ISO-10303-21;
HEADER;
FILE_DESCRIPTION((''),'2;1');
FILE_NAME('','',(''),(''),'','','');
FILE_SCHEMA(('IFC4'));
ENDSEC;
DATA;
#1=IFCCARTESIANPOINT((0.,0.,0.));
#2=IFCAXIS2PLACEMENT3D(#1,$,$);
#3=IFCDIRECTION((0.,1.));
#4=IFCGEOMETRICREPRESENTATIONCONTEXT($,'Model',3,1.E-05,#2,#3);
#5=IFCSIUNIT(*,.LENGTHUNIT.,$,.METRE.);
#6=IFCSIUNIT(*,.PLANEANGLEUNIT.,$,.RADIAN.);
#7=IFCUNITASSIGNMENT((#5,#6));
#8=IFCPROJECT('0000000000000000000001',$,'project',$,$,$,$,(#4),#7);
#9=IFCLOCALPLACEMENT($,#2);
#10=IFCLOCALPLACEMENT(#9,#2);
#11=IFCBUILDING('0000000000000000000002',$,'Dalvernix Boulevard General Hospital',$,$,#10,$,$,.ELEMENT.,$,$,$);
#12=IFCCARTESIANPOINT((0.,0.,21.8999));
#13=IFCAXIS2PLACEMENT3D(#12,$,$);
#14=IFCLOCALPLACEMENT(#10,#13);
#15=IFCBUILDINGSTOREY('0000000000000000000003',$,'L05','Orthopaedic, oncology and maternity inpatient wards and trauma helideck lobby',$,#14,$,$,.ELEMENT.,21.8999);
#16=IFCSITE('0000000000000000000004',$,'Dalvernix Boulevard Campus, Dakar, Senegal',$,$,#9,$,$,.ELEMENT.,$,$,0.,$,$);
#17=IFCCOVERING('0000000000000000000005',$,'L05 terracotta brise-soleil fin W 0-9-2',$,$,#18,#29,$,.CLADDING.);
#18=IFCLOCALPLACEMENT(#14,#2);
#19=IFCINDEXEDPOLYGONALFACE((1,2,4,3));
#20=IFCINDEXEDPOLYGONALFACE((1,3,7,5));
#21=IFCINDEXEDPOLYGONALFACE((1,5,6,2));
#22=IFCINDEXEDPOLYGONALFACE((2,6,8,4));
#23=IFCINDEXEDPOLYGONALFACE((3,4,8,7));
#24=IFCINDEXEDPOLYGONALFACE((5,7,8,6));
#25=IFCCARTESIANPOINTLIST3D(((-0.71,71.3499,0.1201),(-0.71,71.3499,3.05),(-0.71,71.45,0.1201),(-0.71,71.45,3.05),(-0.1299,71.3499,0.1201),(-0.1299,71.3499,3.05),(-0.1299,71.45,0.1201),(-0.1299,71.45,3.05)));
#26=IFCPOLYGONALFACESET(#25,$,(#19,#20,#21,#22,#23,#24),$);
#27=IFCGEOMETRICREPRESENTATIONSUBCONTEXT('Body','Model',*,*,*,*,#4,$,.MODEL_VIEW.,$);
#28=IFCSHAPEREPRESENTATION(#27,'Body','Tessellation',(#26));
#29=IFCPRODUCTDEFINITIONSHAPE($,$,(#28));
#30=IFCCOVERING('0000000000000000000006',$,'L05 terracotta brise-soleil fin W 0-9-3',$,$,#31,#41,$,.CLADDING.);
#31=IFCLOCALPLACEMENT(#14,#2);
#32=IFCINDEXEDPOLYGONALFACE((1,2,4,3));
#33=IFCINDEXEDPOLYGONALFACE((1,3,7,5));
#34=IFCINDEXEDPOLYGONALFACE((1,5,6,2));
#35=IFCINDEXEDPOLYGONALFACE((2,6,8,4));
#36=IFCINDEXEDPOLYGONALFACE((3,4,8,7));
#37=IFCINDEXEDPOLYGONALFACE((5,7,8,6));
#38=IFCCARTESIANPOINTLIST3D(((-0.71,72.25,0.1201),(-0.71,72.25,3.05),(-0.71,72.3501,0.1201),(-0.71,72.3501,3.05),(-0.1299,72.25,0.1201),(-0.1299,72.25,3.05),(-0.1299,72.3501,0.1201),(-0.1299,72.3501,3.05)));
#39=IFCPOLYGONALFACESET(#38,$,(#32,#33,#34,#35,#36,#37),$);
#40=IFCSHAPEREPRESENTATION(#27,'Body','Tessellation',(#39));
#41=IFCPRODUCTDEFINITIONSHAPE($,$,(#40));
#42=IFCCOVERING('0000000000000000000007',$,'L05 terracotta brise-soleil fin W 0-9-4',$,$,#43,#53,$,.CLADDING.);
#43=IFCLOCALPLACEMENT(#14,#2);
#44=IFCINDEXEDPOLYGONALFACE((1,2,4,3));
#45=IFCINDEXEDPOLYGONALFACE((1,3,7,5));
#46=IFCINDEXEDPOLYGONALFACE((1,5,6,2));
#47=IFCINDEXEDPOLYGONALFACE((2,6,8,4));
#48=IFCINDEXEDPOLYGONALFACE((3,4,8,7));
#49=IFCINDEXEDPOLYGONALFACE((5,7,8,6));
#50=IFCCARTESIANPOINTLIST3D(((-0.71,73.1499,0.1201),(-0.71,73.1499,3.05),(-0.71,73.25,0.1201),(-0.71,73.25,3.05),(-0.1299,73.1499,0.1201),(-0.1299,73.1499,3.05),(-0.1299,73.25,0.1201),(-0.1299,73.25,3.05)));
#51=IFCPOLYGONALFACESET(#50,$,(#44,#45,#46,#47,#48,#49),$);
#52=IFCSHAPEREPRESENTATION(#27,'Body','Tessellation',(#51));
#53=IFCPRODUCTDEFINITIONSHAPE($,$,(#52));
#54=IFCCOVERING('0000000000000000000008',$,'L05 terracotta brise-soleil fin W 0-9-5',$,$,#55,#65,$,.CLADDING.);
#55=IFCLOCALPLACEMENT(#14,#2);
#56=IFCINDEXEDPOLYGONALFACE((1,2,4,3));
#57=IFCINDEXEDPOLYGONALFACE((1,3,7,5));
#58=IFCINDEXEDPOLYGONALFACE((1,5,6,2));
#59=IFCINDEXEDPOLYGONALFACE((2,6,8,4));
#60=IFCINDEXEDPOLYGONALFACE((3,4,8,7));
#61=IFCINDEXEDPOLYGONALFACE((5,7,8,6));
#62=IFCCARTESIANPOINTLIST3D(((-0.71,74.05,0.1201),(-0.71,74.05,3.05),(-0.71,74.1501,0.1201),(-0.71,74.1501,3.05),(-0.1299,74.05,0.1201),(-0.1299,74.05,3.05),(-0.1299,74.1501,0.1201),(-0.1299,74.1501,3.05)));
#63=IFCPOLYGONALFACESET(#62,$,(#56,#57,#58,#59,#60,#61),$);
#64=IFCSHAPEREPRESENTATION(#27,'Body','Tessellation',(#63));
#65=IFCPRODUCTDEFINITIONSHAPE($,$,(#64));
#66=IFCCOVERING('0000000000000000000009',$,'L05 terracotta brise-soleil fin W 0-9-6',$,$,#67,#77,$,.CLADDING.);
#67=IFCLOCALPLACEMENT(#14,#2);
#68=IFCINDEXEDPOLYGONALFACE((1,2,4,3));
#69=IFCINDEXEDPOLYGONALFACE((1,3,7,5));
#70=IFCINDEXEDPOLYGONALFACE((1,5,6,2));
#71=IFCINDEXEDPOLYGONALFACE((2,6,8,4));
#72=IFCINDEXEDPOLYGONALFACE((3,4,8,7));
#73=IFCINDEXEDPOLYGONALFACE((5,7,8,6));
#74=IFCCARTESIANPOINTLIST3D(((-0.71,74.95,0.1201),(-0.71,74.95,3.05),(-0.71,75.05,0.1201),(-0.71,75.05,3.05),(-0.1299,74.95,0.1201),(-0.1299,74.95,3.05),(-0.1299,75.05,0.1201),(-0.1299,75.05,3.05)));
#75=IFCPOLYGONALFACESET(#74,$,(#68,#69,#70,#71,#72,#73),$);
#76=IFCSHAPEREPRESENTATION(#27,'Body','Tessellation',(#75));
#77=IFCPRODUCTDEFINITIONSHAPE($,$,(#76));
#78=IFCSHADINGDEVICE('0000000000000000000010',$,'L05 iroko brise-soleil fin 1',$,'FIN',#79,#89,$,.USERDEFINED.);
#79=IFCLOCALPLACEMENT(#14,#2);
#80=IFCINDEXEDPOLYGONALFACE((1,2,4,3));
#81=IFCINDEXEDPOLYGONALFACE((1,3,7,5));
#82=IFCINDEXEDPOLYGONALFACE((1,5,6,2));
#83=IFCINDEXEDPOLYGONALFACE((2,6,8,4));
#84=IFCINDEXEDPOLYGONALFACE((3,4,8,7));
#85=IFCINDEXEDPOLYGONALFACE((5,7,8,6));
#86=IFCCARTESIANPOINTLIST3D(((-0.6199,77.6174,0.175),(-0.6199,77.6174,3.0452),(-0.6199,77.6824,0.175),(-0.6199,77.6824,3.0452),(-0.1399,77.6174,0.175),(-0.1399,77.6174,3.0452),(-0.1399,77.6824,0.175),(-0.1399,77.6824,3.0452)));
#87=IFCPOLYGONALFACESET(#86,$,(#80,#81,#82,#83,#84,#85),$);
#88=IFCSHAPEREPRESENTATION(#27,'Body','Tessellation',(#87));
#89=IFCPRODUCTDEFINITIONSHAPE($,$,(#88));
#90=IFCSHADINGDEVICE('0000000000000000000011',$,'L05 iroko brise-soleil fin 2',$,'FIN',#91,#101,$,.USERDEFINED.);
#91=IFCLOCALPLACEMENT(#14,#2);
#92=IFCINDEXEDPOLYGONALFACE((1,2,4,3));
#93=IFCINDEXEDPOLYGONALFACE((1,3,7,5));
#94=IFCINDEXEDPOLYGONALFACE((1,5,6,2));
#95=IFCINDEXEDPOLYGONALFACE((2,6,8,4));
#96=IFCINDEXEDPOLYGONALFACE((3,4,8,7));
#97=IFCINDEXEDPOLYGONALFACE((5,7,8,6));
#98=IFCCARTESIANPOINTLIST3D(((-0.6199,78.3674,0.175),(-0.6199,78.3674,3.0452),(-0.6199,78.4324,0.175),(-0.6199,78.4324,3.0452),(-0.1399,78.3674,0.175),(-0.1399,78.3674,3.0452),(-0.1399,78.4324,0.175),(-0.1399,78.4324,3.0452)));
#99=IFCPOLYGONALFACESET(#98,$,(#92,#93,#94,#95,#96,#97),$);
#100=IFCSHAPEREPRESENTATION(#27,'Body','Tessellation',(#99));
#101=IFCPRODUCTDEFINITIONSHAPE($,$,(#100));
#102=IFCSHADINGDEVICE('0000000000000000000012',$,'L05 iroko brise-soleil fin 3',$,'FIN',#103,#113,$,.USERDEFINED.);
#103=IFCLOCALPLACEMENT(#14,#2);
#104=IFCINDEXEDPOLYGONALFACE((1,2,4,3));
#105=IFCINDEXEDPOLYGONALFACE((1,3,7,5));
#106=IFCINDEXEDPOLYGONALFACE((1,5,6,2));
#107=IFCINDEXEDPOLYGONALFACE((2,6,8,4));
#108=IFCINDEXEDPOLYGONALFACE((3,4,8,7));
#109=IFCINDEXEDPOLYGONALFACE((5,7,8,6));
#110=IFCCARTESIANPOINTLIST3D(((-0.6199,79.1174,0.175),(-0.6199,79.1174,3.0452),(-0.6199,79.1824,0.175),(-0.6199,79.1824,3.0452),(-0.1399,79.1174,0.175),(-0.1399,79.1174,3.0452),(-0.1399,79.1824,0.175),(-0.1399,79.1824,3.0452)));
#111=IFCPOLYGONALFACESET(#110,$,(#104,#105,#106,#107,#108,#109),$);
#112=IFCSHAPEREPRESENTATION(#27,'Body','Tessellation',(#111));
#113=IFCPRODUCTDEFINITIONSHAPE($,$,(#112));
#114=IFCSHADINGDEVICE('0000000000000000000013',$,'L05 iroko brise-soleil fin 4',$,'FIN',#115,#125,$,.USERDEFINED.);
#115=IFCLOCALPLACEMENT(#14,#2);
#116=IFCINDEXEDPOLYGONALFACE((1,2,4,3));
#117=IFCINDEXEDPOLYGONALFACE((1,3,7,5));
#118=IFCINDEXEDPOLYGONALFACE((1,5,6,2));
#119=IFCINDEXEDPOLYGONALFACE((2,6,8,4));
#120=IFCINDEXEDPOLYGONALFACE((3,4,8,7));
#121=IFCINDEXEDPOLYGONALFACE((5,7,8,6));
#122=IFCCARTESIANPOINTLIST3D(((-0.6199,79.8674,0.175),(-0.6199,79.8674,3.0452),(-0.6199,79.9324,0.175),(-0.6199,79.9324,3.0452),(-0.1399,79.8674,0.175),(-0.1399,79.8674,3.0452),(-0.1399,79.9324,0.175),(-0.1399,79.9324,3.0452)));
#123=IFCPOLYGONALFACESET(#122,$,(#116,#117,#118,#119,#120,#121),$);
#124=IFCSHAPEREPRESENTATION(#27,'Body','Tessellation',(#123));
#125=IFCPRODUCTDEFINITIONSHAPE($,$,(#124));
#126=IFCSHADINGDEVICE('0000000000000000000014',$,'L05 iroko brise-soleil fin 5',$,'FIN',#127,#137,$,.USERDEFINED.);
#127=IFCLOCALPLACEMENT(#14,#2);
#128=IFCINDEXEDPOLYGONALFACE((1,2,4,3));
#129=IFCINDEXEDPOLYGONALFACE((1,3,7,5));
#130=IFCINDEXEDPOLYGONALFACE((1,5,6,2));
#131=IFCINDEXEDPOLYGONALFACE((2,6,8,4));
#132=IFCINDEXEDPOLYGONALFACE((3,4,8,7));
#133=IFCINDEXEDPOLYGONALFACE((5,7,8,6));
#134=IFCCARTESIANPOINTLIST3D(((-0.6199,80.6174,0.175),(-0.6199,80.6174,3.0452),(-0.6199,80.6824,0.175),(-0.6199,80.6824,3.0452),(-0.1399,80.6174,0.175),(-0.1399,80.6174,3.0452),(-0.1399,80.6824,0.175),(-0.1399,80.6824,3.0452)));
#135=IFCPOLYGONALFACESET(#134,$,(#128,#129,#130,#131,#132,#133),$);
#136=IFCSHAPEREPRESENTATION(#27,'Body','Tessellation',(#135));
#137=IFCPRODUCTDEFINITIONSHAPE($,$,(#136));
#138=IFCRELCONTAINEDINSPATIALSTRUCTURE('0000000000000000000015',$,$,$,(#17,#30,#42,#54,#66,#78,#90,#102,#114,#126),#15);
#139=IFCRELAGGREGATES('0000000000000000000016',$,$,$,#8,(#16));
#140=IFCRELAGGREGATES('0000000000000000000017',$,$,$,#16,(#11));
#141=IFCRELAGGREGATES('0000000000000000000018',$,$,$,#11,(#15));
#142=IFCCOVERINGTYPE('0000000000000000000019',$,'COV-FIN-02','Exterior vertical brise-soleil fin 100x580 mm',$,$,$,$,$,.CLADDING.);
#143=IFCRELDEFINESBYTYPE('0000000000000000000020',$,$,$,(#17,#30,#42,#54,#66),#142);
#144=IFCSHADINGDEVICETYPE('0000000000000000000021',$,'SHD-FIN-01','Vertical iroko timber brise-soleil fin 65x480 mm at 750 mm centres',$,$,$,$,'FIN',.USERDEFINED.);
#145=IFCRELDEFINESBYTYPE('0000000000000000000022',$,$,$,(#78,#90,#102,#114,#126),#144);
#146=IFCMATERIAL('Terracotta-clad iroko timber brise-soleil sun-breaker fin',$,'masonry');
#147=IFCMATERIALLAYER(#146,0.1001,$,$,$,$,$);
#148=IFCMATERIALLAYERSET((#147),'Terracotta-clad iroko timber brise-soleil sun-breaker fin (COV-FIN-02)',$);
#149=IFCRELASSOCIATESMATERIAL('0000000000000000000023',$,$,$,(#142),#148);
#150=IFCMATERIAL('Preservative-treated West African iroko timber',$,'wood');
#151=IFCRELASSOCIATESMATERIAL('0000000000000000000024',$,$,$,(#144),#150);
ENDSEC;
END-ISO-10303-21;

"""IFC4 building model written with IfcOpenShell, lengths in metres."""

from ifc_helpers import new_model, si_unit, direction, frame, origin, origin_2d, place, context, subcontext, project, spatial, rectangle, extrude, material, layer, layer_set, type_object, element, save


model = new_model("IFC4")

# Units and contexts
model_context = context("Model", 3, precision=1e-05, world=origin(), true_north=direction((0.0, 1.0)))
body_context = subcontext(model_context, "Body", "Model", "MODEL_VIEW")
ifc_project = project(units=[si_unit("LENGTHUNIT", "METRE"), si_unit("PLANEANGLEUNIT", "RADIAN")], contexts=[model_context])

# Site, building, storey
site_placement = place(None, origin())
site = spatial("IfcSite", under=ifc_project, at=site_placement, Name="Dalvernix Boulevard Campus, Dakar, Senegal", CompositionType="ELEMENT", RefElevation=0.0)
building_placement = place(site_placement, origin())
building = spatial("IfcBuilding", under=site, at=building_placement, Name="Dalvernix Boulevard General Hospital", CompositionType="ELEMENT")
storey_placement = place(building_placement, frame((0.0, 0.0, 21.8999)))
storey = spatial("IfcBuildingStorey", under=building, at=storey_placement, Name="L05", Description="Orthopaedic, oncology and maternity inpatient wards and trauma helideck lobby", CompositionType="ELEMENT", Elevation=21.8999)

# Coverings
ifc_material_1 = material(Name="Terracotta-clad iroko timber brise-soleil sun-breaker fin", Category="masonry")
ifc_layer_1 = layer(ifc_material_1, 0.1001)
ifc_layer_set_1 = layer_set([ifc_layer_1], Name="Terracotta-clad iroko timber brise-soleil sun-breaker fin (COV-FIN-02)")
covering_type_1 = type_object("IfcCoveringType", Name="COV-FIN-02", Description="Exterior vertical brise-soleil fin 100x580 mm", PredefinedType="CLADDING", material=ifc_layer_set_1)
for number, where, z_axis, x_axis, name in (
    (1, (-0.4199, 71.3999, 0.1201), (0.0, 0.0, 1.0), (0.0, 1.0, 0.0), "L05 terracotta brise-soleil fin W 0-9-2"),
    (2, (-0.4199, 72.3, 0.1201), (0.0, 0.0, 1.0), (0.0, 1.0, 0.0), "L05 terracotta brise-soleil fin W 0-9-3"),
    (3, (-0.4199, 73.2, 0.1201), (0.0, 0.0, 1.0), (0.0, 1.0, 0.0), "L05 terracotta brise-soleil fin W 0-9-4"),
    (4, (-0.4199, 74.1001, 0.1201), (0.0, 0.0, 1.0), (0.0, 1.0, 0.0), "L05 terracotta brise-soleil fin W 0-9-5"),
    (5, (-0.4199, 75.0, 0.1201), (0.0, 0.0, 1.0), (0.0, 1.0, 0.0), "L05 terracotta brise-soleil fin W 0-9-6"),
):
    element("IfcCovering", number, at=place(storey_placement, frame(where, z_axis=z_axis, x_axis=x_axis)), inside=storey, type_object=covering_type_1, Name=name, PredefinedType="CLADDING", context=body_context, shape_type="SweptSolid", body=[
        extrude(rectangle(XDim=0.1001, YDim=0.5801, at=origin_2d()), origin(), (0.0, 0.0, 1.0), 2.9299),
    ])

# Shading devices
ifc_material_2 = material(Name="Preservative-treated West African iroko timber", Category="wood")
shading_device_type = type_object("IfcShadingDeviceType", Name="SHD-FIN-01", Description="Vertical iroko timber brise-soleil fin 65x480 mm at 750 mm centres", ElementType="FIN", PredefinedType="USERDEFINED", material=ifc_material_2)
for number, where, z_axis, x_axis, name in (
    (6, (-0.3799, 77.6499, 0.175), (0.0, 0.0, 1.0), (0.0, 1.0, 0.0), "L05 iroko brise-soleil fin 1"),
    (7, (-0.3799, 78.3999, 0.175), (0.0, 0.0, 1.0), (0.0, 1.0, 0.0), "L05 iroko brise-soleil fin 2"),
    (8, (-0.3799, 79.1499, 0.175), (0.0, 0.0, 1.0), (0.0, 1.0, 0.0), "L05 iroko brise-soleil fin 3"),
    (9, (-0.3799, 79.8999, 0.175), (0.0, 0.0, 1.0), (0.0, 1.0, 0.0), "L05 iroko brise-soleil fin 4"),
    (10, (-0.3799, 80.6499, 0.175), (0.0, 0.0, 1.0), (0.0, 1.0, 0.0), "L05 iroko brise-soleil fin 5"),
):
    element("IfcShadingDevice", number, at=place(storey_placement, frame(where, z_axis=z_axis, x_axis=x_axis)), inside=storey, type_object=shading_device_type, Name=name, ObjectType="FIN", PredefinedType="USERDEFINED", context=body_context, shape_type="SweptSolid", body=[
        extrude(rectangle(XDim=0.0649, YDim=0.48, at=origin_2d()), origin(), (0.0, 0.0, 1.0), 2.8701),
    ])

save(model, "model.ifc")
